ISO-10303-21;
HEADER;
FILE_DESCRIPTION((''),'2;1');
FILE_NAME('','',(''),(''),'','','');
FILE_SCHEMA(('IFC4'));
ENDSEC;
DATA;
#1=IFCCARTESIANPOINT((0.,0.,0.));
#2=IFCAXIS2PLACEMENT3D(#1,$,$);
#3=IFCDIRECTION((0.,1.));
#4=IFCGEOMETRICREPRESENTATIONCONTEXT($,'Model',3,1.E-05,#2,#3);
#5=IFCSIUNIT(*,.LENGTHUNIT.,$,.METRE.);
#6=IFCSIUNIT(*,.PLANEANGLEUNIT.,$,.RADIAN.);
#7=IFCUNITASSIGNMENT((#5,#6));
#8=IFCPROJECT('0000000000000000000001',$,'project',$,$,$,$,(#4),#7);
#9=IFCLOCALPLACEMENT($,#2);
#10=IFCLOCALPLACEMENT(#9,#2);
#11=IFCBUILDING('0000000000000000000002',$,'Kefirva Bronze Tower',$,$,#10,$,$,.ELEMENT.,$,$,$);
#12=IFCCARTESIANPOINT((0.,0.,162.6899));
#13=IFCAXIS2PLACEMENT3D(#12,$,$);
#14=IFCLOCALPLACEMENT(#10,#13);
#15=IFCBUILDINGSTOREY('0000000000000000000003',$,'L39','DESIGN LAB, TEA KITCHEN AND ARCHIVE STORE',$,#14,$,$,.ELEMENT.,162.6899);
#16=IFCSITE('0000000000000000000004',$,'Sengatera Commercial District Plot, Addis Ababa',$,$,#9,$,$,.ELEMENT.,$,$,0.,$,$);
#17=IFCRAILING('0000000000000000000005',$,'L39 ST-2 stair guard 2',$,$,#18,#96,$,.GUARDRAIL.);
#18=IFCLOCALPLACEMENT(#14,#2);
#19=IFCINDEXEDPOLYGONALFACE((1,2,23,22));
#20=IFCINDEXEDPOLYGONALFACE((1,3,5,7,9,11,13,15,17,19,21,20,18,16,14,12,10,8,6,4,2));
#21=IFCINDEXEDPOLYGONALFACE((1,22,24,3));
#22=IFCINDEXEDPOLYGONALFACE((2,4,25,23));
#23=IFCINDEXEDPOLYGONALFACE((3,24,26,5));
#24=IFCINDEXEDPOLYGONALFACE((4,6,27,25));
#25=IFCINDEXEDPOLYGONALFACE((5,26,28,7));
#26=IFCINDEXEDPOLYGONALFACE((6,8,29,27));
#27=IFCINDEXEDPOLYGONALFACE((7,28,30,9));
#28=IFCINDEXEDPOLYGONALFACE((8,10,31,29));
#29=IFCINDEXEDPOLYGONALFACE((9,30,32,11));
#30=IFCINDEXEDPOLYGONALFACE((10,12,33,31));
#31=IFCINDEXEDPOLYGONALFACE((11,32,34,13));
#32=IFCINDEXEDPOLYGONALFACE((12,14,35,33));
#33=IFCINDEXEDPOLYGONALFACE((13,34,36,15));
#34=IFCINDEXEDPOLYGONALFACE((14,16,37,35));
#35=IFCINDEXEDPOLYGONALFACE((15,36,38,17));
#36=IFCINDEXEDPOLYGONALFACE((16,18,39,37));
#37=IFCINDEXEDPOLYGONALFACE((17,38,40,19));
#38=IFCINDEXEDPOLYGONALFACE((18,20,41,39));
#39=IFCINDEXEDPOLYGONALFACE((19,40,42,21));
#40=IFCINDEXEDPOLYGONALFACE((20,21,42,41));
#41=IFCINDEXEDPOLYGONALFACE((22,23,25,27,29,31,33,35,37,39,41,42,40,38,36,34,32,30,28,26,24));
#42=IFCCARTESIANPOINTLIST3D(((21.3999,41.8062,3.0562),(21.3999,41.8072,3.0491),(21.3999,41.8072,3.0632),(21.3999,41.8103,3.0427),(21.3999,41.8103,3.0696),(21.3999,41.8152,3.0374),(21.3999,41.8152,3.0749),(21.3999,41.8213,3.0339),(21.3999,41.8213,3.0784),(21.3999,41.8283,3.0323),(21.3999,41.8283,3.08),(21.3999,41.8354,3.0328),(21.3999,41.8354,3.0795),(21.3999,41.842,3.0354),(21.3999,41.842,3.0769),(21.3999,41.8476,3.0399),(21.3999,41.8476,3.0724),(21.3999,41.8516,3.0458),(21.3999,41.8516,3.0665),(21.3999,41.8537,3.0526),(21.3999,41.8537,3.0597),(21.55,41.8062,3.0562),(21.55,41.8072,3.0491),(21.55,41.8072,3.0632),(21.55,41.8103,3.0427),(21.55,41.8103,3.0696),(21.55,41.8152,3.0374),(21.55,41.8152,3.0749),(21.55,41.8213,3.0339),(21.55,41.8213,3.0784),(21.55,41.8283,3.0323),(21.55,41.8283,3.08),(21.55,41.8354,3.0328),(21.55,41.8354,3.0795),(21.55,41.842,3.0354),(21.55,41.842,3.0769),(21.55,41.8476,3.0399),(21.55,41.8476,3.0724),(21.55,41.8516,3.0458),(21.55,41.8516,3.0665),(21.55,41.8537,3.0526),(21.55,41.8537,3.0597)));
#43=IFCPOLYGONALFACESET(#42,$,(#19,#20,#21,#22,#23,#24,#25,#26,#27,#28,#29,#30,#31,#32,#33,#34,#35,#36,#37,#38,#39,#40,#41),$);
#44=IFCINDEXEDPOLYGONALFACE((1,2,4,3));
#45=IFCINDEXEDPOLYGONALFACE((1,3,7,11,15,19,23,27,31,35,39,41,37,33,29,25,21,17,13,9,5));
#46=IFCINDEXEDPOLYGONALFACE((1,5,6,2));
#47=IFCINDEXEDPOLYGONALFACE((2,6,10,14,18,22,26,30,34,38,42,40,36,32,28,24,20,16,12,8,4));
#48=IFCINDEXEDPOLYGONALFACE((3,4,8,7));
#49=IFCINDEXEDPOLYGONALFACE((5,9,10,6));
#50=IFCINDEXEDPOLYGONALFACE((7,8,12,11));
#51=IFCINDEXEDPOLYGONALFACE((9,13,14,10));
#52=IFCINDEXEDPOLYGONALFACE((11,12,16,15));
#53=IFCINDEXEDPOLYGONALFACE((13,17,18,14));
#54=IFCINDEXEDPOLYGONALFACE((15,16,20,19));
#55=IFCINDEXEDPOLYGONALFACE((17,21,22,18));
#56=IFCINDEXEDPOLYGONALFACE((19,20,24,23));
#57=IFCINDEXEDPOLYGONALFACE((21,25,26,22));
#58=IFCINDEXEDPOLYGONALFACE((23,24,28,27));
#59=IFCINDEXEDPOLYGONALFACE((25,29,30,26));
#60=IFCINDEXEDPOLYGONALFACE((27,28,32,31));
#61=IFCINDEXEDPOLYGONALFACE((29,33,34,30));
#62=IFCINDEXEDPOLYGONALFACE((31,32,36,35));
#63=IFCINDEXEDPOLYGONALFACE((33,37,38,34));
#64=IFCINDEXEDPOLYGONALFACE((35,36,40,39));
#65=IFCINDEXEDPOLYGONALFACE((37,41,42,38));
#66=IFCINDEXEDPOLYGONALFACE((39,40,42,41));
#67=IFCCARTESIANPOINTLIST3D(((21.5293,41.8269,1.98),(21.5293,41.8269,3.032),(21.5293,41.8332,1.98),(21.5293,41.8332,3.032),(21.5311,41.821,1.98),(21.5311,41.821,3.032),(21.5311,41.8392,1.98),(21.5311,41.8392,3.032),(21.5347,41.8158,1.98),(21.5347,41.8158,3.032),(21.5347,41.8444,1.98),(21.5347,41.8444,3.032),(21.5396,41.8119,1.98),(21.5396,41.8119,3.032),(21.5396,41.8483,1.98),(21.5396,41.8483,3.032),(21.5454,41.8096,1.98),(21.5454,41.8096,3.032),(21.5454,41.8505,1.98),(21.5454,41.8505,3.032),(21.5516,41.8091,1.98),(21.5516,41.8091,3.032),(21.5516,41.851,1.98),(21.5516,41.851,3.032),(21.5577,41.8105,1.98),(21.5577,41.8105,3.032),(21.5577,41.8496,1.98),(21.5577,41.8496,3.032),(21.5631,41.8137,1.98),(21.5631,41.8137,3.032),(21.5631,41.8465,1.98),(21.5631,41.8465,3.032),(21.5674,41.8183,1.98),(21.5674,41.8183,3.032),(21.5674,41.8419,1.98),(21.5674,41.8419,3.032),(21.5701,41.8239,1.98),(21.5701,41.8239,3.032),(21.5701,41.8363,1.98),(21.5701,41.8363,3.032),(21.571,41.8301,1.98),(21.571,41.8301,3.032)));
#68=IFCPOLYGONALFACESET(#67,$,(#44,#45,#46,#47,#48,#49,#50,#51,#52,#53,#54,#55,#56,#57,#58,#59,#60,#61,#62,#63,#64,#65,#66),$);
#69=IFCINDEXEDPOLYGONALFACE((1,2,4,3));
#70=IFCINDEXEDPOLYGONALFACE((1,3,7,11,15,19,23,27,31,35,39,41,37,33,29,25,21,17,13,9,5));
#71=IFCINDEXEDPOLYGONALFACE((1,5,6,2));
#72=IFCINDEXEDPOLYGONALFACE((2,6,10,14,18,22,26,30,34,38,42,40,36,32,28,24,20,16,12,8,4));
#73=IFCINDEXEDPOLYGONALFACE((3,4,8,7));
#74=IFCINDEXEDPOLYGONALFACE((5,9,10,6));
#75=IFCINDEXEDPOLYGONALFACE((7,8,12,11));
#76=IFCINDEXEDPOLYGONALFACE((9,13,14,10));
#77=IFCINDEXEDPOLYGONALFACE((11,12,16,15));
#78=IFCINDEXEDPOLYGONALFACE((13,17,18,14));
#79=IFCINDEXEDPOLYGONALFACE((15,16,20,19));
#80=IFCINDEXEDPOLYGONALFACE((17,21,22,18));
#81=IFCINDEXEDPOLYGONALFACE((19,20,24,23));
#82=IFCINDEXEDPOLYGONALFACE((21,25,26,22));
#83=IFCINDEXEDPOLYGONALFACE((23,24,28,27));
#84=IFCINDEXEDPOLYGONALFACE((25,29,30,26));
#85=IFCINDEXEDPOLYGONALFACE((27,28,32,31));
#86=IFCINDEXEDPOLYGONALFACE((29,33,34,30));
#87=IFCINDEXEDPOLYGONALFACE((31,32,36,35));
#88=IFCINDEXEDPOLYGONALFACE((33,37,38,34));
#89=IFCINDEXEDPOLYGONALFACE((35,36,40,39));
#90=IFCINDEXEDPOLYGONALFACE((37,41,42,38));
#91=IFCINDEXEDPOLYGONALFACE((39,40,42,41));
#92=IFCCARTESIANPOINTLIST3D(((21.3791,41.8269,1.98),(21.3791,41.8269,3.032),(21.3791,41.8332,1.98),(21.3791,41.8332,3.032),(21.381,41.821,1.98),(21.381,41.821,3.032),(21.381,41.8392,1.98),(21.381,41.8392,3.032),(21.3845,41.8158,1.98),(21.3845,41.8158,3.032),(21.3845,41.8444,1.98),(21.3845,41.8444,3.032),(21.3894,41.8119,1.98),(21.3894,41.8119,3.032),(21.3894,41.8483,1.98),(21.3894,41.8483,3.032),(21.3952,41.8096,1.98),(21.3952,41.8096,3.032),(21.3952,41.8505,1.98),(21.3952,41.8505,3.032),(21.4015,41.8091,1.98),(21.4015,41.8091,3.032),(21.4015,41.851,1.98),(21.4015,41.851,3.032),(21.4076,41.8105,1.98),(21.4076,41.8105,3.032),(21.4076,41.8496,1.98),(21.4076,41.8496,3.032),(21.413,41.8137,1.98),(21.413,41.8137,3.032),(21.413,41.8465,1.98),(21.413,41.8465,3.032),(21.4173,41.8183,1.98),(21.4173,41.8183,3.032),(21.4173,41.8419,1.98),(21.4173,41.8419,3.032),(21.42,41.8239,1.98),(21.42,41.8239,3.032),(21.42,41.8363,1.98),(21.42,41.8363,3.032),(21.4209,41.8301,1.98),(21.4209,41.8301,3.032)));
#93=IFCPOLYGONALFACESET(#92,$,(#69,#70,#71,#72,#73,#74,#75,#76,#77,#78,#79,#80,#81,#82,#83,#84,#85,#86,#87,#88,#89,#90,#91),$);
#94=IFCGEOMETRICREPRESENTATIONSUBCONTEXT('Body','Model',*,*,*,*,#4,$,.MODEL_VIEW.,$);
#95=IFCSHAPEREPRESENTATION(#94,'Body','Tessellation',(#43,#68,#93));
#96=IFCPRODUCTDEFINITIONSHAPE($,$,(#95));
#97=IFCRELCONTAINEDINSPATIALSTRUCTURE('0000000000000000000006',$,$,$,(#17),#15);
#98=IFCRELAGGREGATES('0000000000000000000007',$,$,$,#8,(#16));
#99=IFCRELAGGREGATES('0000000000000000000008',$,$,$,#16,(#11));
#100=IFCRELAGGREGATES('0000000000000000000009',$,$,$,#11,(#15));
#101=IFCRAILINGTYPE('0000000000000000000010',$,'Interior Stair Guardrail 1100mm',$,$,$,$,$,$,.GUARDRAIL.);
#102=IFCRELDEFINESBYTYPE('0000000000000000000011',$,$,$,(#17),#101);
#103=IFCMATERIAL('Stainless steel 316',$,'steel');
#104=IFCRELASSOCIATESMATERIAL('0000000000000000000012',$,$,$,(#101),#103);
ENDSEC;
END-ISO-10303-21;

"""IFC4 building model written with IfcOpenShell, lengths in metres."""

from ifc_helpers import new_model, si_unit, direction, frame, origin, origin_2d, place, context, subcontext, project, spatial, circle, extrude, material, type_object, element, save


model = new_model("IFC4")

# Units and contexts
model_context = context("Model", 3, precision=1e-05, world=origin(), true_north=direction((0.0, 1.0)))
body_context = subcontext(model_context, "Body", "Model", "MODEL_VIEW")
ifc_project = project(units=[si_unit("LENGTHUNIT", "METRE"), si_unit("PLANEANGLEUNIT", "RADIAN")], contexts=[model_context])

# Site, building, storey
site_placement = place(None, origin())
site = spatial("IfcSite", under=ifc_project, at=site_placement, Name="Sengatera Commercial District Plot, Addis Ababa", CompositionType="ELEMENT", RefElevation=0.0)
building_placement = place(site_placement, origin())
building = spatial("IfcBuilding", under=site, at=building_placement, Name="Kefirva Bronze Tower", CompositionType="ELEMENT")
storey_placement = place(building_placement, frame((0.0, 0.0, 162.6899)))
storey = spatial("IfcBuildingStorey", under=building, at=storey_placement, Name="L39", Description="DESIGN LAB, TEA KITCHEN AND ARCHIVE STORE", CompositionType="ELEMENT", Elevation=162.6899)

# Railing
ifc_material_1 = material(Name="Stainless steel 316", Category="steel")
railing_type_1 = type_object("IfcRailingType", Name="Interior Stair Guardrail 1100mm", PredefinedType="GUARDRAIL", material=ifc_material_1)
railing_1_placement = place(storey_placement, frame((21.55, 41.8301, 1.98)))
element("IfcRailing", 1, at=railing_1_placement, inside=storey, type_object=railing_type_1, Name="L39 ST-2 stair guard 2", PredefinedType="GUARDRAIL", context=body_context, shape_type="SweptSolid", body=[
    extrude(circle(Radius=0.0239, at=origin_2d()), frame((0.0, 0.0, 1.0762), z_axis=(-1.0, 0.0, 0.0), x_axis=(0.0, -1.0, 0.0)), (0.0, 0.0, 1.0), 0.1501),
    extrude(circle(Radius=0.021, at=origin_2d()), origin(), (0.0, 0.0, 1.0), 1.052),
    extrude(circle(Radius=0.021, at=origin_2d()), frame((-0.1501, 0.0, 0.0)), (0.0, 0.0, 1.0), 1.052),
])

save(model, "model.ifc")
